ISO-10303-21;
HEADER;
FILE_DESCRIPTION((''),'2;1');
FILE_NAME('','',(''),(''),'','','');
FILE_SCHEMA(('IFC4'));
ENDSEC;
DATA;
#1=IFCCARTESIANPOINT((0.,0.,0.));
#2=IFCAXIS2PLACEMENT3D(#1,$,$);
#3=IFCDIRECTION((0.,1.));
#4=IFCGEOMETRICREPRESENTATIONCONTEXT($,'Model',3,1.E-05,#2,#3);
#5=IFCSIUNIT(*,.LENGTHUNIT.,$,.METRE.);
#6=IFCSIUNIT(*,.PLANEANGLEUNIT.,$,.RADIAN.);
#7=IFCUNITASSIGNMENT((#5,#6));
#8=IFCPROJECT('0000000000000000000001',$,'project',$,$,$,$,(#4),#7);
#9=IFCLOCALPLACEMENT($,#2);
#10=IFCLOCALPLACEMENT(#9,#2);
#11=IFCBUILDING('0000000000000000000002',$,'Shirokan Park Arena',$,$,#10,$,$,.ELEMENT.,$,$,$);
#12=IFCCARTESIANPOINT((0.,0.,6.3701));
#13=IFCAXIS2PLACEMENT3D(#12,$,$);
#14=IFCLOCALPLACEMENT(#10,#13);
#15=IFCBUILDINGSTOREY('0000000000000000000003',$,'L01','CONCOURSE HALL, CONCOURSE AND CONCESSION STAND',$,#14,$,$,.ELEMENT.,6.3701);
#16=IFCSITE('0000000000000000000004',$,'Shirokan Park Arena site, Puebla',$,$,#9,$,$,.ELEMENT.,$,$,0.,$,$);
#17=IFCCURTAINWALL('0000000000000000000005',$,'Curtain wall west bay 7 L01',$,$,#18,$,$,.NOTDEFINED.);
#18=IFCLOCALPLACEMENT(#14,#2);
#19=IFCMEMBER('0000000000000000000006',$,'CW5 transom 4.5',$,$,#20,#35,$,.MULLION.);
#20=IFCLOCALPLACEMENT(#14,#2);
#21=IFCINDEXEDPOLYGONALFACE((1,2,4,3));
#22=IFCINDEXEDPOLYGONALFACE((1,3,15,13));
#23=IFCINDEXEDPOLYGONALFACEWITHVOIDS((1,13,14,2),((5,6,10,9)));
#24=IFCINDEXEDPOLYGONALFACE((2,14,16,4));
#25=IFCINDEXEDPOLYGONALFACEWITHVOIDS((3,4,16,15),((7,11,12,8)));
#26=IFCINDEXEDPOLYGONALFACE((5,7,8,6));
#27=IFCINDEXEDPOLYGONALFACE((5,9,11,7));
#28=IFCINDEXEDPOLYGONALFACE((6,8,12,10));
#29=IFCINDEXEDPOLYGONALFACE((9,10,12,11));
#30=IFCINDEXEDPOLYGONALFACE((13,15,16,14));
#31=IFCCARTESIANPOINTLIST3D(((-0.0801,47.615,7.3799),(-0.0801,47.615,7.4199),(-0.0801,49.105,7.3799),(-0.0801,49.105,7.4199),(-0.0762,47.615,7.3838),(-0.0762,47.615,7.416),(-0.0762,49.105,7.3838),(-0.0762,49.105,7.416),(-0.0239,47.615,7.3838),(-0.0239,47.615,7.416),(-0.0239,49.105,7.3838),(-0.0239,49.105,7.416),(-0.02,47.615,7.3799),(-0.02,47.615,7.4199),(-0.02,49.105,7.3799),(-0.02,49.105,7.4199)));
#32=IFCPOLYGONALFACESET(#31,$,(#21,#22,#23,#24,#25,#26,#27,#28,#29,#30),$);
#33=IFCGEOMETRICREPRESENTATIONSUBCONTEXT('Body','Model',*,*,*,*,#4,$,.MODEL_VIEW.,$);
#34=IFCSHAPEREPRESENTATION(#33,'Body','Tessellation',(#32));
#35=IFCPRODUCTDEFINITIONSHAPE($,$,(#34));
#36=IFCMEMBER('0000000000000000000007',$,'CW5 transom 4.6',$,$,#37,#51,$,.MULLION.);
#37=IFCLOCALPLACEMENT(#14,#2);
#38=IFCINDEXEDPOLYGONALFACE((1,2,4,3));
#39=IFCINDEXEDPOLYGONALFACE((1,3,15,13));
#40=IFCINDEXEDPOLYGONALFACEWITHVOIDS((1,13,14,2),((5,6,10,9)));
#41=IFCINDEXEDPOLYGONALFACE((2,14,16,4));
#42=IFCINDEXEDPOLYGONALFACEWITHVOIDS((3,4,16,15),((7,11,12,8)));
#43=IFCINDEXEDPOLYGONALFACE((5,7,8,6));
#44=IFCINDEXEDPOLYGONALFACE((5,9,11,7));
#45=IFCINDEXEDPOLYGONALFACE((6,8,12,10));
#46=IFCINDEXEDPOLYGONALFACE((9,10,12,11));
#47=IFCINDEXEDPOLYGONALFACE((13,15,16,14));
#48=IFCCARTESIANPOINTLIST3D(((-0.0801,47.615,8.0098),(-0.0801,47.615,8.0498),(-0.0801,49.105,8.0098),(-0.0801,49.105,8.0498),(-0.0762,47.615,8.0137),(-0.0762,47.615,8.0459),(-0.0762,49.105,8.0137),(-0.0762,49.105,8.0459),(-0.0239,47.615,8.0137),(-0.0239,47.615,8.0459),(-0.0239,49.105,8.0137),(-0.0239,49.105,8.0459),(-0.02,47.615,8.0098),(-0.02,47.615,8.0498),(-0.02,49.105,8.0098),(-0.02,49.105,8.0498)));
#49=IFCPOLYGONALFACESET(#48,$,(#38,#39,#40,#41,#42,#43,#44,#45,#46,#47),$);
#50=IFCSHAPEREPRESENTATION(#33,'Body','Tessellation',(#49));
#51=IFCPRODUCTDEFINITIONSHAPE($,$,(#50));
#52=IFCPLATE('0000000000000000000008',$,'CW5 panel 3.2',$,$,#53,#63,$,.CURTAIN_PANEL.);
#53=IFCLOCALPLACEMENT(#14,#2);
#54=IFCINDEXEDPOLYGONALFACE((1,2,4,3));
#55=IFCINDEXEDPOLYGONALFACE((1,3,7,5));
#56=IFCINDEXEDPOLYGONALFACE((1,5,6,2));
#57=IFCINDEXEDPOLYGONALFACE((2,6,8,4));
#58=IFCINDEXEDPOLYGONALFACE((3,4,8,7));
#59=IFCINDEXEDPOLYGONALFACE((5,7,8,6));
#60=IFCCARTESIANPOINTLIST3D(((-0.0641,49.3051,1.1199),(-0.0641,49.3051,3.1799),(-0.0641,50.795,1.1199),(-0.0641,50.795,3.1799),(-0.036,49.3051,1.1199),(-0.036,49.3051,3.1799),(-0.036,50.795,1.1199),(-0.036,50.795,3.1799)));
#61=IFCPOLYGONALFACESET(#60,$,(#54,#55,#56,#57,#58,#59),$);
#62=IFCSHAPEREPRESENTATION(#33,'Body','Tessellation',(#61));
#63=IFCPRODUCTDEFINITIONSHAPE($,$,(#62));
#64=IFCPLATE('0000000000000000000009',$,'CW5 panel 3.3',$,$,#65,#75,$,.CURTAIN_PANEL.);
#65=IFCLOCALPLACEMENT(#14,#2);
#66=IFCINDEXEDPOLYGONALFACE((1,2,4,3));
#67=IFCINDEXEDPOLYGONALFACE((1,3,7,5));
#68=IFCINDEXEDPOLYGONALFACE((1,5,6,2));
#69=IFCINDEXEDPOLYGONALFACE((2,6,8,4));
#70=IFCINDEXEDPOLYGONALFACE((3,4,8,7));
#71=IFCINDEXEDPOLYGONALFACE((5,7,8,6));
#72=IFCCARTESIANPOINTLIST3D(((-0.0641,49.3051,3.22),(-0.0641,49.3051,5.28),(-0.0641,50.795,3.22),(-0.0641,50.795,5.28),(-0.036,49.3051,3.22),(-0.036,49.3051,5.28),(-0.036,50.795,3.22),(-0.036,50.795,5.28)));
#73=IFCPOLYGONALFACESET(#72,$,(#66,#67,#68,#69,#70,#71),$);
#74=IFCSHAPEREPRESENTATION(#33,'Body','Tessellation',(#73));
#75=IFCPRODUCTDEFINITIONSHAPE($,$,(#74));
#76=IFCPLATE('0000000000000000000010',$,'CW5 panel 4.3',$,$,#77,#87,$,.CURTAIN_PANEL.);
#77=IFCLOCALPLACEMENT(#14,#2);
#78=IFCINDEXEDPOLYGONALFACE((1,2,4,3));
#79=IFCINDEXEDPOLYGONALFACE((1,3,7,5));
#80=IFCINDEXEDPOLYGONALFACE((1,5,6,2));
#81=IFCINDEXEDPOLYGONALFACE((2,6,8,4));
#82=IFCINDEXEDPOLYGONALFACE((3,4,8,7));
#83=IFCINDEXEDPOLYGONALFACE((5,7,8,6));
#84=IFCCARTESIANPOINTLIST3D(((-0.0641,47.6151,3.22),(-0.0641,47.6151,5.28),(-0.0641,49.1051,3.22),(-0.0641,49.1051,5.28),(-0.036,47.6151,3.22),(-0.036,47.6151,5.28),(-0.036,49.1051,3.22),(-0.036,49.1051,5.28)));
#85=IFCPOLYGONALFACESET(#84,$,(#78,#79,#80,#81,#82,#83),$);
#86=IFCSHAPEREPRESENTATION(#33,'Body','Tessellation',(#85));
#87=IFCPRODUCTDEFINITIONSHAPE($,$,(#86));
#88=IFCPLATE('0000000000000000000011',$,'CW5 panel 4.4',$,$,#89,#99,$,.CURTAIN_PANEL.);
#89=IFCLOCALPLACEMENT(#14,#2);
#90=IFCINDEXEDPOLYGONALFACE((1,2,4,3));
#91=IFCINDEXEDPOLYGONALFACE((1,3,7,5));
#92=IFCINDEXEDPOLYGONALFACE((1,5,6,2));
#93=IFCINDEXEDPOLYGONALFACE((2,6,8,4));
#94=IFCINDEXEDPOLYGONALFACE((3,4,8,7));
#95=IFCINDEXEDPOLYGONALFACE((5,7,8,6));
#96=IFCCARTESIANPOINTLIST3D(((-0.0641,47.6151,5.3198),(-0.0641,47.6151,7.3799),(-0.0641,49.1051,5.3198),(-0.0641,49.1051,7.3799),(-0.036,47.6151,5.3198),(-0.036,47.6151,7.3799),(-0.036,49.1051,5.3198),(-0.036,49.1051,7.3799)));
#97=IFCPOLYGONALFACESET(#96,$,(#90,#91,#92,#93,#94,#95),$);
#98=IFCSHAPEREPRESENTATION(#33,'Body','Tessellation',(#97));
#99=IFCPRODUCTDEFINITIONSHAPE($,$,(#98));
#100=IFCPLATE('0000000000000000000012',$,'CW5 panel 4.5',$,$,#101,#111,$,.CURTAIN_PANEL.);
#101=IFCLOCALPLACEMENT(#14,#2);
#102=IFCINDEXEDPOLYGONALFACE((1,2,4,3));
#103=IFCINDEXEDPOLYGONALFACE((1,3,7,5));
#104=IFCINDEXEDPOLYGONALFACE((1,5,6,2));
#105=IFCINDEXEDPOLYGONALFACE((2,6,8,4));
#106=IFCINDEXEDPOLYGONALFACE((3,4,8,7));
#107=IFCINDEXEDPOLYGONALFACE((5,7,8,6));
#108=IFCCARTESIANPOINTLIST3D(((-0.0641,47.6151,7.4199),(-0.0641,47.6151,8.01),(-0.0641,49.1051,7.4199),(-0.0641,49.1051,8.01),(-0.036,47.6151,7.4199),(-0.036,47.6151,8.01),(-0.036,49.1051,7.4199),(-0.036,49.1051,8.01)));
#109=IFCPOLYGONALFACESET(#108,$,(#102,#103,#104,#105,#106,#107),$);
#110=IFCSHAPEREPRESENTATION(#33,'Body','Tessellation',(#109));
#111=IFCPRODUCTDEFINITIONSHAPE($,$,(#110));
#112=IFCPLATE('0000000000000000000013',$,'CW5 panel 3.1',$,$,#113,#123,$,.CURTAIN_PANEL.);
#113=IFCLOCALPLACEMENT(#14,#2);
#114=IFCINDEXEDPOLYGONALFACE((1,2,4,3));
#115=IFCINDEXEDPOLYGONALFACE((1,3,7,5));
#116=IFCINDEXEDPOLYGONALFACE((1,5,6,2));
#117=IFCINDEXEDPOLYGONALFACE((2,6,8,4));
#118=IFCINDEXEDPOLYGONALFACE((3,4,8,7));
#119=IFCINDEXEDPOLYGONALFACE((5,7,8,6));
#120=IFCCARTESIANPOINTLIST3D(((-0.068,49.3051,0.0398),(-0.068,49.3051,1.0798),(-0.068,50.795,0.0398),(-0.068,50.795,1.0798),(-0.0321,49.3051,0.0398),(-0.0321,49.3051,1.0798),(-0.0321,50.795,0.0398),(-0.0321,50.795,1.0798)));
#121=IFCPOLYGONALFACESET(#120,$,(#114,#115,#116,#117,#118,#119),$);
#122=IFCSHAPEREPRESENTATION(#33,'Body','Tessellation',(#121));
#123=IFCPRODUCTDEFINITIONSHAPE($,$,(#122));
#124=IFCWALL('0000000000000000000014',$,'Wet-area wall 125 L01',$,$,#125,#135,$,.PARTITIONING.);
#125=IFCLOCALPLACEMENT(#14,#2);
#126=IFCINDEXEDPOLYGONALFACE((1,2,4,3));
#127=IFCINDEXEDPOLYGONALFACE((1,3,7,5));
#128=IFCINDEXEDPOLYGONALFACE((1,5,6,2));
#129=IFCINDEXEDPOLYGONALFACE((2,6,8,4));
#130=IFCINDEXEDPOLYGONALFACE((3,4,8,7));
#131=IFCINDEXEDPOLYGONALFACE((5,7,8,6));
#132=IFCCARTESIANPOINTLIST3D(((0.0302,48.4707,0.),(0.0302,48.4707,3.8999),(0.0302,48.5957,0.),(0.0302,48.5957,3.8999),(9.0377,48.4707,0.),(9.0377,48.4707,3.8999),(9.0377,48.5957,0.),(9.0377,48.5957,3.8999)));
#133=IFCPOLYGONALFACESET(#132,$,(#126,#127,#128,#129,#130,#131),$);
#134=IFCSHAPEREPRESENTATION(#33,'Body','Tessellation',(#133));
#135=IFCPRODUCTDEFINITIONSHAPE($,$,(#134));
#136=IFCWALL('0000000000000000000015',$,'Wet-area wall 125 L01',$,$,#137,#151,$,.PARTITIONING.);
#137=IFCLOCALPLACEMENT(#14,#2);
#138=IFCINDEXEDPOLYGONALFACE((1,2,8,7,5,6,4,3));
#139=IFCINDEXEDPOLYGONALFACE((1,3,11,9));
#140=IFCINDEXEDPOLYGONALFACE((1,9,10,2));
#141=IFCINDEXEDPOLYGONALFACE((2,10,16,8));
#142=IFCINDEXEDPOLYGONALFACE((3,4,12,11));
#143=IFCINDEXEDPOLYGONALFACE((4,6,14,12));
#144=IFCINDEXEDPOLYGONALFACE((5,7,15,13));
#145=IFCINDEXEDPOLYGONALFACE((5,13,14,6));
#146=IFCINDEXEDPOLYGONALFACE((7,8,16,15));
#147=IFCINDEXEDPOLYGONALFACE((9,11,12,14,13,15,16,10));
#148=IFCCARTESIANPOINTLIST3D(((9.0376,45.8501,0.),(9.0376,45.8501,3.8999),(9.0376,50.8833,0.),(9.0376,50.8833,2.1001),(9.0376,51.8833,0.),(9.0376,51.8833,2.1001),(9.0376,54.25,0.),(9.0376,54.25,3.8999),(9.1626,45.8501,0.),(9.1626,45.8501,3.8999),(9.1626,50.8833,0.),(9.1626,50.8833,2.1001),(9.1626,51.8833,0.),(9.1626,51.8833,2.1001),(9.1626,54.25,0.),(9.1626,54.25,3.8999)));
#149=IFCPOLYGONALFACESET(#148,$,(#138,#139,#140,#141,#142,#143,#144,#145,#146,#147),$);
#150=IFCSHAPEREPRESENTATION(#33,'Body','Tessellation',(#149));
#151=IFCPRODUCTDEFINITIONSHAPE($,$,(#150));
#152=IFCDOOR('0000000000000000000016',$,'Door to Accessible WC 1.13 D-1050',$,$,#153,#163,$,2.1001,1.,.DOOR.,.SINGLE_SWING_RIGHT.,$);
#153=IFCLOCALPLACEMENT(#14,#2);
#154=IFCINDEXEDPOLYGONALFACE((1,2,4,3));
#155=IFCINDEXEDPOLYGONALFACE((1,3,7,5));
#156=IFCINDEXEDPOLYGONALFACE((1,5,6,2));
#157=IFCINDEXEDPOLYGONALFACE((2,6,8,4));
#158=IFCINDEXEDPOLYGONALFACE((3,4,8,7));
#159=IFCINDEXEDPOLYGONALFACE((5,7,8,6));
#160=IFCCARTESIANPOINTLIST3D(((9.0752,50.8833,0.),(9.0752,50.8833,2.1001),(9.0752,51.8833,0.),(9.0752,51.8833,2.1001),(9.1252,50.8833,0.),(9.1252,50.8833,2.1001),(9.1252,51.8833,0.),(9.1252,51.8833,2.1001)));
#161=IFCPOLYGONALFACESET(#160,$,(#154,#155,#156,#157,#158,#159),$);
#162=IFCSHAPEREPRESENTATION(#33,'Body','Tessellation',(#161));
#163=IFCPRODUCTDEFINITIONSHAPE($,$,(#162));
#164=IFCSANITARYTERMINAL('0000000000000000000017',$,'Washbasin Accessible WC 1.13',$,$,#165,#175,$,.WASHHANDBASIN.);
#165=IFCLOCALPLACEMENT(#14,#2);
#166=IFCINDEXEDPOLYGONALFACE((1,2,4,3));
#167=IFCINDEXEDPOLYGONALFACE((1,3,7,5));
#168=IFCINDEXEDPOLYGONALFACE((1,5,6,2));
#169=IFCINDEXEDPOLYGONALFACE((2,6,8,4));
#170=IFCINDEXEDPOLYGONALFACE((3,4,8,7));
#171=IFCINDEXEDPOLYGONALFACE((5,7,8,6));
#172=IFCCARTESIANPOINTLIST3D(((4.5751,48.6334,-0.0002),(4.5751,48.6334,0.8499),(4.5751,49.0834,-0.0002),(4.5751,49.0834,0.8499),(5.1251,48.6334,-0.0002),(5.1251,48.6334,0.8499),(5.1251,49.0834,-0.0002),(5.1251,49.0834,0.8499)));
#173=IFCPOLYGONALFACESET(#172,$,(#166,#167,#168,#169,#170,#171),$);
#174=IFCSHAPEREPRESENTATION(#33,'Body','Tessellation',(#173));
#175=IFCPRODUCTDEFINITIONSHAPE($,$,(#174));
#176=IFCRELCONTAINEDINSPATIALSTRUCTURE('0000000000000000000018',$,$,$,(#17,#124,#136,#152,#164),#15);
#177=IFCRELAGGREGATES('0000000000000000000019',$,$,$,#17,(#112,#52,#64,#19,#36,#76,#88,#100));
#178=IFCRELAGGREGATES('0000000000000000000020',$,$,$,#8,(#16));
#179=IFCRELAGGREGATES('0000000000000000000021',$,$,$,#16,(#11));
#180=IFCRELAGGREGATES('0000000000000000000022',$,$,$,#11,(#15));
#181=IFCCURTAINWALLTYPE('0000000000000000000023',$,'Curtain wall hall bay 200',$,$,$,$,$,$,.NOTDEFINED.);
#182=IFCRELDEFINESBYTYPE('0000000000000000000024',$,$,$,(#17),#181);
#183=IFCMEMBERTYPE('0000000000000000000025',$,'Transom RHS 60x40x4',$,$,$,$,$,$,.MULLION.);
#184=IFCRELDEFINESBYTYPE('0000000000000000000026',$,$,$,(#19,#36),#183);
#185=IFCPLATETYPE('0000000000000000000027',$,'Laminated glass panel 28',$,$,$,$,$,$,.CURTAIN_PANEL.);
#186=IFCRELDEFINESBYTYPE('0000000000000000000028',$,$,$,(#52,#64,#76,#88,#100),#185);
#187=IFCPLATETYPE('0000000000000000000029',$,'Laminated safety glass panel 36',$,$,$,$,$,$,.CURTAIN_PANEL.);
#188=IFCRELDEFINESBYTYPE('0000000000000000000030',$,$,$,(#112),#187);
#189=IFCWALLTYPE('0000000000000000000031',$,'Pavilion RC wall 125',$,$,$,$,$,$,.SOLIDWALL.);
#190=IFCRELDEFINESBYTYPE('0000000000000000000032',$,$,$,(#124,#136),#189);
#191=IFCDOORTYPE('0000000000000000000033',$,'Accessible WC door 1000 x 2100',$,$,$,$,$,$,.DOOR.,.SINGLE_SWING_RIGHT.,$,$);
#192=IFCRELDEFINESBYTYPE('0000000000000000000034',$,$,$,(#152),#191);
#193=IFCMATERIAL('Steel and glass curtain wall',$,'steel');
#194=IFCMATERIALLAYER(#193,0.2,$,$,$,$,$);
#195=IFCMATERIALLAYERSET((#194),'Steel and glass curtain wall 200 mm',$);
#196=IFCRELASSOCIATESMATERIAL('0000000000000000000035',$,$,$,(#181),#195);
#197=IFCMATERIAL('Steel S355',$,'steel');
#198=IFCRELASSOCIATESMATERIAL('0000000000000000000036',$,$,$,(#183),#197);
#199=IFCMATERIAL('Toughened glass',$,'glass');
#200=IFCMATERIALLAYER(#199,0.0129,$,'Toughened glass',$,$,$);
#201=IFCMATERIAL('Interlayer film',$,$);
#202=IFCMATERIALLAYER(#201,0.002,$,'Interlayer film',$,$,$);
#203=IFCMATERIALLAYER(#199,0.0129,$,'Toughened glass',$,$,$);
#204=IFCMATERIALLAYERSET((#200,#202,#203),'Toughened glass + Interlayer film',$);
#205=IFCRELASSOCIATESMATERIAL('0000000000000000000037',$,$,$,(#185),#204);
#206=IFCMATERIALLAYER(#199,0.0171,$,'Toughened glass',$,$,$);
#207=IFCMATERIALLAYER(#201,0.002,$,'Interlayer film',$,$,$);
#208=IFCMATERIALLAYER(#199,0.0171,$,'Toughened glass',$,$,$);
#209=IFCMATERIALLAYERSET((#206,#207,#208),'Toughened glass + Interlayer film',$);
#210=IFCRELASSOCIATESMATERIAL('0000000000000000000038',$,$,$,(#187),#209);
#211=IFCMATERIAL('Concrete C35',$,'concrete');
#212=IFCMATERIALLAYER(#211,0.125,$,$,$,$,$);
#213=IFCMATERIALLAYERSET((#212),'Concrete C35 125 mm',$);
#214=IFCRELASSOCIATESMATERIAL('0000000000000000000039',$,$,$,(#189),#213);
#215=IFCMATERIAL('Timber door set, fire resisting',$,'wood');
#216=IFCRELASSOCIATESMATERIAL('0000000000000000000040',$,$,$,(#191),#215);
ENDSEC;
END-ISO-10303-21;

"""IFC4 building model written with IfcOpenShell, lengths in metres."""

from ifc_helpers import new_model, si_unit, direction, frame, frame_2d, origin, origin_2d, place, context, subcontext, project, spatial, rectangle, hollow_rectangle, extrude, material, layer, layer_set, material_profile, profile_set, type_object, element, fill, aggregate, save


model = new_model("IFC4")

# Units and contexts
model_context = context("Model", 3, precision=1e-05, world=origin(), true_north=direction((0.0, 1.0)))
body_context = subcontext(model_context, "Body", "Model", "MODEL_VIEW")
ifc_project = project(units=[si_unit("LENGTHUNIT", "METRE"), si_unit("PLANEANGLEUNIT", "RADIAN")], contexts=[model_context])

# Site, building, storey
site_placement = place(None, origin())
site = spatial("IfcSite", under=ifc_project, at=site_placement, Name="Shirokan Park Arena site, Puebla", CompositionType="ELEMENT", RefElevation=0.0)
building_placement = place(site_placement, origin())
building = spatial("IfcBuilding", under=site, at=building_placement, Name="Shirokan Park Arena", CompositionType="ELEMENT")
storey_placement = place(building_placement, frame((0.0, 0.0, 6.3701)))
storey = spatial("IfcBuildingStorey", under=building, at=storey_placement, Name="L01", Description="CONCOURSE HALL, CONCOURSE AND CONCESSION STAND", CompositionType="ELEMENT", Elevation=6.3701)

# Shared definitions
ifc_material_1 = material(Name="Concrete C35", Category="concrete")

# Curtain wall
ifc_material_2 = material(Name="Steel and glass curtain wall", Category="steel")
ifc_layer_1 = layer(ifc_material_2, 0.2)
ifc_layer_set_1 = layer_set([ifc_layer_1], Name="Steel and glass curtain wall 200 mm")
curtain_wall_type = type_object("IfcCurtainWallType", Name="Curtain wall hall bay 200", PredefinedType="NOTDEFINED", material=ifc_layer_set_1)
curtain_wall_placement = place(storey_placement, origin())
curtain_wall = element("IfcCurtainWall", 1, at=curtain_wall_placement, inside=storey, type_object=curtain_wall_type, Name="Curtain wall west bay 7 L01", PredefinedType="NOTDEFINED")
ifc_material_3 = material(Name="Steel S355", Category="steel")

# Members
ifc_material_profile_1 = material_profile(ifc_material_3, hollow_rectangle(XDim=0.0601, YDim=0.04, WallThickness=0.0039, at=origin_2d()), Name="RHS 60x40x4")
ifc_profile_set_1 = profile_set([ifc_material_profile_1], Name="Steel S355")
member_type_1 = type_object("IfcMemberType", Name="Transom RHS 60x40x4", PredefinedType="MULLION", material=ifc_profile_set_1)
member_1_placement = place(storey_placement, frame((-0.05, 49.105, 7.3999), z_axis=(0.0, -1.0, 0.0), x_axis=(1.0, 0.0, 0.0)))
member_1 = element("IfcMember", 2, at=member_1_placement, type_object=member_type_1, Name="CW5 transom 4.5", PredefinedType="MULLION", context=body_context, shape_type="SweptSolid", body=[
    extrude(hollow_rectangle(XDim=0.0601, YDim=0.04, WallThickness=0.0039, at=origin_2d()), origin(), (0.0, 0.0, 1.0), 1.49),
])
member_2_placement = place(storey_placement, frame((-0.05, 49.105, 8.0298), z_axis=(0.0, -1.0, 0.0), x_axis=(1.0, 0.0, 0.0)))
member_2 = element("IfcMember", 3, at=member_2_placement, type_object=member_type_1, Name="CW5 transom 4.6", PredefinedType="MULLION", context=body_context, shape_type="SweptSolid", body=[
    extrude(hollow_rectangle(XDim=0.0601, YDim=0.04, WallThickness=0.0039, at=origin_2d()), origin(), (0.0, 0.0, 1.0), 1.49),
])

# Plates
ifc_material_4 = material(Name="Toughened glass", Category="glass")
ifc_layer_2 = layer(ifc_material_4, 0.0129, Name="Toughened glass")
ifc_material_5 = material(Name="Interlayer film")
ifc_layer_3 = layer(ifc_material_5, 0.002, Name="Interlayer film")
ifc_layer_4 = layer(ifc_material_4, 0.0129, Name="Toughened glass")
ifc_layer_set_2 = layer_set([ifc_layer_2, ifc_layer_3, ifc_layer_4], Name="Toughened glass + Interlayer film")
plate_type_1 = type_object("IfcPlateType", Name="Laminated glass panel 28", PredefinedType="CURTAIN_PANEL", material=ifc_layer_set_2)
plate_1_placement = place(storey_placement, frame((-0.05, 50.05, 1.1199), z_axis=(0.0, 0.0, 1.0), x_axis=(0.0, -1.0, 0.0)))
plate_1 = element("IfcPlate", 4, at=plate_1_placement, type_object=plate_type_1, Name="CW5 panel 3.2", PredefinedType="CURTAIN_PANEL", context=body_context, shape_type="SweptSolid", body=[
    extrude(rectangle(XDim=1.49, YDim=0.0281, at=origin_2d()), origin(), (0.0, 0.0, 1.0), 2.0601),
])
plate_2_placement = place(storey_placement, frame((-0.05, 50.05, 3.22), z_axis=(0.0, 0.0, 1.0), x_axis=(0.0, -1.0, 0.0)))
plate_2 = element("IfcPlate", 5, at=plate_2_placement, type_object=plate_type_1, Name="CW5 panel 3.3", PredefinedType="CURTAIN_PANEL", context=body_context, shape_type="SweptSolid", body=[
    extrude(rectangle(XDim=1.49, YDim=0.0281, at=origin_2d()), origin(), (0.0, 0.0, 1.0), 2.0601),
])
plate_3_placement = place(storey_placement, frame((-0.05, 48.3601, 3.22), z_axis=(0.0, 0.0, 1.0), x_axis=(0.0, -1.0, 0.0)))
plate_3 = element("IfcPlate", 6, at=plate_3_placement, type_object=plate_type_1, Name="CW5 panel 4.3", PredefinedType="CURTAIN_PANEL", context=body_context, shape_type="SweptSolid", body=[
    extrude(rectangle(XDim=1.49, YDim=0.0281, at=origin_2d()), origin(), (0.0, 0.0, 1.0), 2.0601),
])
plate_4_placement = place(storey_placement, frame((-0.05, 48.3601, 5.3198), z_axis=(0.0, 0.0, 1.0), x_axis=(0.0, -1.0, 0.0)))
plate_4 = element("IfcPlate", 7, at=plate_4_placement, type_object=plate_type_1, Name="CW5 panel 4.4", PredefinedType="CURTAIN_PANEL", context=body_context, shape_type="SweptSolid", body=[
    extrude(rectangle(XDim=1.49, YDim=0.0281, at=origin_2d()), origin(), (0.0, 0.0, 1.0), 2.0601),
])
plate_5_placement = place(storey_placement, frame((-0.05, 48.3601, 7.4199), z_axis=(0.0, 0.0, 1.0), x_axis=(0.0, -1.0, 0.0)))
plate_5 = element("IfcPlate", 8, at=plate_5_placement, type_object=plate_type_1, Name="CW5 panel 4.5", PredefinedType="CURTAIN_PANEL", context=body_context, shape_type="SweptSolid", body=[
    extrude(rectangle(XDim=1.49, YDim=0.0281, at=origin_2d()), origin(), (0.0, 0.0, 1.0), 0.5901),
])
ifc_layer_5 = layer(ifc_material_4, 0.0171, Name="Toughened glass")
ifc_layer_6 = layer(ifc_material_5, 0.002, Name="Interlayer film")
ifc_layer_7 = layer(ifc_material_4, 0.0171, Name="Toughened glass")
ifc_layer_set_3 = layer_set([ifc_layer_5, ifc_layer_6, ifc_layer_7], Name="Toughened glass + Interlayer film")
plate_type_2 = type_object("IfcPlateType", Name="Laminated safety glass panel 36", PredefinedType="CURTAIN_PANEL", material=ifc_layer_set_3)
plate_6_placement = place(storey_placement, frame((-0.05, 50.05, 0.0398), z_axis=(0.0, 0.0, 1.0), x_axis=(0.0, -1.0, 0.0)))
plate_6 = element("IfcPlate", 9, at=plate_6_placement, type_object=plate_type_2, Name="CW5 panel 3.1", PredefinedType="CURTAIN_PANEL", context=body_context, shape_type="SweptSolid", body=[
    extrude(rectangle(XDim=1.49, YDim=0.0359, at=origin_2d()), origin(), (0.0, 0.0, 1.0), 1.04),
])
aggregate(curtain_wall, [plate_6, plate_1, plate_2, member_1, member_2, plate_3, plate_4, plate_5])

# Wall
ifc_layer_8 = layer(ifc_material_1, 0.125)
ifc_layer_set_4 = layer_set([ifc_layer_8], Name="Concrete C35 125 mm")
wall_type = type_object("IfcWallType", Name="Pavilion RC wall 125", PredefinedType="SOLIDWALL", material=ifc_layer_set_4)
wall_1_placement = place(storey_placement, frame((0.03, 48.5332, 0.0), z_axis=(0.0, 0.0, 1.0), x_axis=(1.0, 0.0, 0.0)))
element("IfcWall", 10, at=wall_1_placement, inside=storey, type_object=wall_type, Name="Wet-area wall 125 L01", PredefinedType="PARTITIONING", context=body_context, shape_type="SweptSolid", body=[
    extrude(rectangle(XDim=9.0076, YDim=0.125, at=frame_2d((4.5039, 0.0))), origin(), (0.0, 0.0, 1.0), 3.8999),
])

# Wall, opening, door
wall_2_placement = place(storey_placement, frame((9.1001, 45.8501, 0.0), z_axis=(0.0, 0.0, 1.0), x_axis=(0.0, 1.0, 0.0)))
wall_2 = element("IfcWall", 11, at=wall_2_placement, inside=storey, type_object=wall_type, Name="Wet-area wall 125 L01", PredefinedType="PARTITIONING", context=body_context, shape_type="SweptSolid", body=[
    extrude(rectangle(XDim=8.3999, YDim=0.125, at=frame_2d((4.2, 0.0))), origin(), (0.0, 0.0, 1.0), 3.8999),
])
opening_placement = place(wall_2_placement, frame((5.0332, 0.0, 0.0)))
opening = element("IfcOpeningElement", 12, at=opening_placement, cuts=wall_2, PredefinedType="OPENING", context=body_context, shape_type="SweptSolid", body=[
    extrude(rectangle(XDim=1.0, YDim=2.1001, at=frame_2d((0.5, 1.05))), frame((0.0, 0.0725, 0.0), z_axis=(0.0, -1.0, 0.0), x_axis=(1.0, 0.0, 0.0)), (0.0, 0.0, 1.0), 0.145),
])
ifc_material_6 = material(Name="Timber door set, fire resisting", Category="wood")
door_type = type_object("IfcDoorType", Name="Accessible WC door 1000 x 2100", OperationType="SINGLE_SWING_RIGHT", PredefinedType="DOOR", material=ifc_material_6)
door_placement = place(opening_placement, origin())
door = element("IfcDoor", 13, at=door_placement, inside=storey, type_object=door_type, Name="Door to Accessible WC 1.13 D-1050", OperationType="SINGLE_SWING_RIGHT", OverallHeight=2.1001, OverallWidth=1.0, PredefinedType="DOOR", context=body_context, shape_type="SweptSolid", body=[
    extrude(rectangle(XDim=1.0, YDim=2.1001, at=frame_2d((0.5, 1.05))), frame((0.0, 0.0249, 0.0), z_axis=(0.0, -1.0, 0.0), x_axis=(1.0, 0.0, 0.0)), (0.0, 0.0, 1.0), 0.05),
])
fill(opening, door)

# Sanitary terminal
sanitary_terminal_placement = place(storey_placement, frame((4.8501, 48.8584, -0.0002), z_axis=(0.0, 0.0, 1.0), x_axis=(1.0, 0.0, 0.0)))
element("IfcSanitaryTerminal", 14, at=sanitary_terminal_placement, inside=storey, Name="Washbasin Accessible WC 1.13", PredefinedType="WASHHANDBASIN", context=body_context, shape_type="SweptSolid", body=[
    extrude(rectangle(XDim=0.55, YDim=0.45, at=origin_2d()), origin(), (0.0, 0.0, 1.0), 0.8501),
])

save(model, "model.ifc")
